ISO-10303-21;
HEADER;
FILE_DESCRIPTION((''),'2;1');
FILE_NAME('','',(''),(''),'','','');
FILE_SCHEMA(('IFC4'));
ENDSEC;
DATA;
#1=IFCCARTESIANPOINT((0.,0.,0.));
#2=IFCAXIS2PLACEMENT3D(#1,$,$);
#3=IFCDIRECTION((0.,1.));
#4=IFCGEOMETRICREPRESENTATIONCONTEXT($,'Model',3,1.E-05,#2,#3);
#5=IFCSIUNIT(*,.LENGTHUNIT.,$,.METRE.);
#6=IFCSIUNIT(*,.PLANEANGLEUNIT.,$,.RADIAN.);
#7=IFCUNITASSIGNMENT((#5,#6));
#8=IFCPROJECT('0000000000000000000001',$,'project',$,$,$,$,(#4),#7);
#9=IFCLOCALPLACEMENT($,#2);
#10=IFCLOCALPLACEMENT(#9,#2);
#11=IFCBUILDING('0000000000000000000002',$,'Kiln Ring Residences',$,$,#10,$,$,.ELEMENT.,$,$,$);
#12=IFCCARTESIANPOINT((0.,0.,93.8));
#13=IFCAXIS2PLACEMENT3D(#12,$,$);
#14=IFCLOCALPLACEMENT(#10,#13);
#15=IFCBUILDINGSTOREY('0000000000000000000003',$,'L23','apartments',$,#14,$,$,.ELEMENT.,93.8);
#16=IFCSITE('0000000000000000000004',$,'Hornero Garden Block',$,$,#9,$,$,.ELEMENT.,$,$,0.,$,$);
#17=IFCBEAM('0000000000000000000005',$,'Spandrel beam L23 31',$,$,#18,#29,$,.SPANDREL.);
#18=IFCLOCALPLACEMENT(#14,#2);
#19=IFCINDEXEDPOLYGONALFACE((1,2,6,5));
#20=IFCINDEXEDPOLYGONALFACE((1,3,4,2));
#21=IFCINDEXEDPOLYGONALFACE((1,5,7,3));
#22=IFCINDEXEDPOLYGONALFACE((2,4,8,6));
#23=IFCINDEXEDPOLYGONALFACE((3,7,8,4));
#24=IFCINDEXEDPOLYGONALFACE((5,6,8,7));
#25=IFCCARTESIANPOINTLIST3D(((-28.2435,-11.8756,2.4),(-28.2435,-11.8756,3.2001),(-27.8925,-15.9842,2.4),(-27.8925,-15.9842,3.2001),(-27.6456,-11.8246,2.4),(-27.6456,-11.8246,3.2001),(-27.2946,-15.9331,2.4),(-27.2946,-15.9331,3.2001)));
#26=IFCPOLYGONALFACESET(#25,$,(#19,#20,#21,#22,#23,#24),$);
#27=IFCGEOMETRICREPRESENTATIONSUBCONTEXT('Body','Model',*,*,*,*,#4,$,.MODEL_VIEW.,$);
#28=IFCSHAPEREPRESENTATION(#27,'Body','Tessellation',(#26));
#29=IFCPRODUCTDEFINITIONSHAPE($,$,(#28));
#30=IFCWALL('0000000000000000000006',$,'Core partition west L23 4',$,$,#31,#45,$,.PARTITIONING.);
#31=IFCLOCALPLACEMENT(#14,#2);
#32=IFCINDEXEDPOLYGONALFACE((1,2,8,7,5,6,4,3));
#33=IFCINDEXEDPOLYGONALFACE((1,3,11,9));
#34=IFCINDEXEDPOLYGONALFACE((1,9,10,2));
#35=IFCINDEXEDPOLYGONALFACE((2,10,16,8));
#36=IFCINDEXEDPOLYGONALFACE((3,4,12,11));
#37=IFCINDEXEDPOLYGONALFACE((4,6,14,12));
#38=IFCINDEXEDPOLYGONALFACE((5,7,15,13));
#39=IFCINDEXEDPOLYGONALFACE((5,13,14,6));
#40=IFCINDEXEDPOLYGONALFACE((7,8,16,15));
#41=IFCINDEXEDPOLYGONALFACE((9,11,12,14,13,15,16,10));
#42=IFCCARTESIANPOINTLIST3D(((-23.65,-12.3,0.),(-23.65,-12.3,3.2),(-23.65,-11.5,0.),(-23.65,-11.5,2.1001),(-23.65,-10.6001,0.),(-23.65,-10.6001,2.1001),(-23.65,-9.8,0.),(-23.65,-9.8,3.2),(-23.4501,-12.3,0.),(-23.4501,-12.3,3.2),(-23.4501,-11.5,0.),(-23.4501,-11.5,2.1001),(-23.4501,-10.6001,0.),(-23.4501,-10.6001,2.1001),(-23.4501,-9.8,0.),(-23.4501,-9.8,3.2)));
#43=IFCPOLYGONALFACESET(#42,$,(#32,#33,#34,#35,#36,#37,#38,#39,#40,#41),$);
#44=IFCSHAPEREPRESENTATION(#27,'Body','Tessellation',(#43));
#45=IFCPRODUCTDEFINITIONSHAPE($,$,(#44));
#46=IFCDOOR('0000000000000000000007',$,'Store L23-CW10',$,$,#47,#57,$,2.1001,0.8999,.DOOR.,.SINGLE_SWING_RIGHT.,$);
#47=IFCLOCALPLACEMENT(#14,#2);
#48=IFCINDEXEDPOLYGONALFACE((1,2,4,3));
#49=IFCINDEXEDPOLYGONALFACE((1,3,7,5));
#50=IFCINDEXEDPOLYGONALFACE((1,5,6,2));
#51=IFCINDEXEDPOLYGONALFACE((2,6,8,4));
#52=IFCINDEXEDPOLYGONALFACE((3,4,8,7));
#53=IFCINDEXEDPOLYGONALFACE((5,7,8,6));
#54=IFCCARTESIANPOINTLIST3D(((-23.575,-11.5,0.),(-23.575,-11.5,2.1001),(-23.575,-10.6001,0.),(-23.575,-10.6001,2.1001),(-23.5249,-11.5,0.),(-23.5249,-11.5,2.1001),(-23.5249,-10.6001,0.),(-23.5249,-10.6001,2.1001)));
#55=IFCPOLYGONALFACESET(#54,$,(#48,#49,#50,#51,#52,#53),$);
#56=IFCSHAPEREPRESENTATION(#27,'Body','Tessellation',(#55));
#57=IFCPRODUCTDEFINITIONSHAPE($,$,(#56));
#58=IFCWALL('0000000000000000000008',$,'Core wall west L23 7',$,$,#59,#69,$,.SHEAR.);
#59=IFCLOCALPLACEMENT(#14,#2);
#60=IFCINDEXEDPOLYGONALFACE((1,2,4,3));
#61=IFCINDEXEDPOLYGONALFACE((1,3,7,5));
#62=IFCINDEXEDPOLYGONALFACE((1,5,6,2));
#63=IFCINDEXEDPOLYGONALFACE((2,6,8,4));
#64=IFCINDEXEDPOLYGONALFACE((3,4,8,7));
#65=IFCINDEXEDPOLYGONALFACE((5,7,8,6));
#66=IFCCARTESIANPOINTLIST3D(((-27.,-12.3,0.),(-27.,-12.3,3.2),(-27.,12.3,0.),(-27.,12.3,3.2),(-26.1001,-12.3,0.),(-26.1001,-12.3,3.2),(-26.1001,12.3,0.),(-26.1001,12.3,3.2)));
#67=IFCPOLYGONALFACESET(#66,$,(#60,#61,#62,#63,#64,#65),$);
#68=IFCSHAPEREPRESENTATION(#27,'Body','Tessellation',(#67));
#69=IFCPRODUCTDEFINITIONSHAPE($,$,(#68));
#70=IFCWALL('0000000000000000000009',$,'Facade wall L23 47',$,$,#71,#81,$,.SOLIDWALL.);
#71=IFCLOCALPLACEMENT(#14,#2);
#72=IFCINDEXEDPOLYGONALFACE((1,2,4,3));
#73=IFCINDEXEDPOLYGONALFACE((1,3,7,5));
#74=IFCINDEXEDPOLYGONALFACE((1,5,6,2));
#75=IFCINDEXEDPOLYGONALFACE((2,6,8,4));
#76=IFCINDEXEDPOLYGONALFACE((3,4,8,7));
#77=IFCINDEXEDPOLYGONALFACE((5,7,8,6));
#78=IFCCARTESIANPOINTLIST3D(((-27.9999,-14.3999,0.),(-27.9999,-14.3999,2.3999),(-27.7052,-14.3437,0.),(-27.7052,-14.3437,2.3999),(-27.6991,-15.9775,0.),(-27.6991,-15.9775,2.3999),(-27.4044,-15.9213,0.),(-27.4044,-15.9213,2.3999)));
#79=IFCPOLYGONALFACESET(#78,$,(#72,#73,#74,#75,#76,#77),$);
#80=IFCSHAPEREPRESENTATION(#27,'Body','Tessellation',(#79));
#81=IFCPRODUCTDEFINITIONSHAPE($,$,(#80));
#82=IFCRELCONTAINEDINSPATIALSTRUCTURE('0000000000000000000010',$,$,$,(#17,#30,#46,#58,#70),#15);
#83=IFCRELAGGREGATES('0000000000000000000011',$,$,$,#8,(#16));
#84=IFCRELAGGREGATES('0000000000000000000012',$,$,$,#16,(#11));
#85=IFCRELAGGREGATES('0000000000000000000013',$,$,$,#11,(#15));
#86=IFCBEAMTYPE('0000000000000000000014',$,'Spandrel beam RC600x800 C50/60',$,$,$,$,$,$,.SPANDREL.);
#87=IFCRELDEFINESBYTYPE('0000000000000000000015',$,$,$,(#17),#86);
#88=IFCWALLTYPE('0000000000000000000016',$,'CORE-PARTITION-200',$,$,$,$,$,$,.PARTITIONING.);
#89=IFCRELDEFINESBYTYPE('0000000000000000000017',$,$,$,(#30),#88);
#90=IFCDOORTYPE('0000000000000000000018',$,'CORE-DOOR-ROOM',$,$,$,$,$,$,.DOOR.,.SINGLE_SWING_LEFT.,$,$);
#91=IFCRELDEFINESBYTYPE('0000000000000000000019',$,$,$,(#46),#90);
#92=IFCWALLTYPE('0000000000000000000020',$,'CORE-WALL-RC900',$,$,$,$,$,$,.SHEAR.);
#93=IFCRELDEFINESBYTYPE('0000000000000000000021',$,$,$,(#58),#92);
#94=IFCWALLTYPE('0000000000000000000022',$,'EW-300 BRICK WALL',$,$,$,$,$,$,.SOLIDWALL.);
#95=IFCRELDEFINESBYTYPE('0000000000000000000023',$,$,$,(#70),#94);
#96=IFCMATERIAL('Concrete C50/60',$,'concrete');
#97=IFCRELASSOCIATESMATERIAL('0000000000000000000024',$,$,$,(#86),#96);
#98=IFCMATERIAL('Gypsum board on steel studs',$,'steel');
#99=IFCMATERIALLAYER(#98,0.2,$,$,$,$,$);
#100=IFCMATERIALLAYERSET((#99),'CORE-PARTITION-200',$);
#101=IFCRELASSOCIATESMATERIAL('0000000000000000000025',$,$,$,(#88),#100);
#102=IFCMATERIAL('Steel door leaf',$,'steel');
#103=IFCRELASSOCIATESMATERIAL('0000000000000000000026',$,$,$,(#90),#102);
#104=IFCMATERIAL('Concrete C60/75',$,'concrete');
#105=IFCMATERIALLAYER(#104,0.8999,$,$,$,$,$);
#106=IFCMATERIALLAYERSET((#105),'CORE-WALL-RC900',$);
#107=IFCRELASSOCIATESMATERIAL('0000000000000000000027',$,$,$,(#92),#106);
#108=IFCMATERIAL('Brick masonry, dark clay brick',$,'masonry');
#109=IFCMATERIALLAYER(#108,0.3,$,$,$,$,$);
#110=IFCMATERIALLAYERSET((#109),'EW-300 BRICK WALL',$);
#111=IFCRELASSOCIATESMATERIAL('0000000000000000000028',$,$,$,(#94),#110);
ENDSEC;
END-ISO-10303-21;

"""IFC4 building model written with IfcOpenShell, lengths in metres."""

from ifc_helpers import new_model, si_unit, direction, frame, frame_2d, origin, origin_2d, place, context, subcontext, project, spatial, rectangle, extrude, material, layer, layer_set, material_profile, profile_set, type_object, element, fill, save


model = new_model("IFC4")

# Units and contexts
model_context = context("Model", 3, precision=1e-05, world=origin(), true_north=direction((0.0, 1.0)))
body_context = subcontext(model_context, "Body", "Model", "MODEL_VIEW")
ifc_project = project(units=[si_unit("LENGTHUNIT", "METRE"), si_unit("PLANEANGLEUNIT", "RADIAN")], contexts=[model_context])

# Site, building, storey
site_placement = place(None, origin())
site = spatial("IfcSite", under=ifc_project, at=site_placement, Name="Hornero Garden Block", CompositionType="ELEMENT", RefElevation=0.0)
building_placement = place(site_placement, origin())
building = spatial("IfcBuilding", under=site, at=building_placement, Name="Kiln Ring Residences", CompositionType="ELEMENT")
storey_placement = place(building_placement, frame((0.0, 0.0, 93.8)))
storey = spatial("IfcBuildingStorey", under=building, at=storey_placement, Name="L23", Description="apartments", CompositionType="ELEMENT", Elevation=93.8)

# Beam
ifc_material_1 = material(Name="Concrete C50/60", Category="concrete")
ifc_material_profile = material_profile(ifc_material_1, rectangle(XDim=0.6001, YDim=0.8, at=origin_2d()), Name="RC600x800")
ifc_profile_set = profile_set([ifc_material_profile], Name="Concrete C50/60")
beam_type = type_object("IfcBeamType", Name="Spandrel beam RC600x800 C50/60", PredefinedType="SPANDREL", material=ifc_profile_set)
beam_placement = place(storey_placement, frame((-27.9446, -11.8501, 2.8), z_axis=(0.085137, -0.996369, 0.0), x_axis=(0.996369, 0.085137, 0.0)))
element("IfcBeam", 1, at=beam_placement, inside=storey, type_object=beam_type, Name="Spandrel beam L23 31", PredefinedType="SPANDREL", context=body_context, shape_type="SweptSolid", body=[
    extrude(rectangle(XDim=0.6001, YDim=0.8, at=origin_2d()), origin(), (0.0, 0.0, 1.0), 4.1235),
])

# Wall, opening, door
ifc_material_2 = material(Name="Gypsum board on steel studs", Category="steel")
ifc_layer_1 = layer(ifc_material_2, 0.2)
ifc_layer_set_1 = layer_set([ifc_layer_1], Name="CORE-PARTITION-200")
wall_type_1 = type_object("IfcWallType", Name="CORE-PARTITION-200", PredefinedType="PARTITIONING", material=ifc_layer_set_1)
wall_1_placement = place(storey_placement, frame((-23.55, -12.3, 0.0), z_axis=(0.0, 0.0, 1.0), x_axis=(0.0, 1.0, 0.0)))
wall_1 = element("IfcWall", 2, at=wall_1_placement, inside=storey, type_object=wall_type_1, Name="Core partition west L23 4", PredefinedType="PARTITIONING", context=body_context, shape_type="SweptSolid", body=[
    extrude(rectangle(XDim=2.5, YDim=0.2, at=frame_2d((1.25, 0.0))), origin(), (0.0, 0.0, 1.0), 3.2),
])
opening_1_placement = place(wall_1_placement, frame((0.8, 0.0, 0.0)))
opening_1 = element("IfcOpeningElement", 3, at=opening_1_placement, cuts=wall_1, PredefinedType="OPENING", context=body_context, shape_type="SweptSolid", body=[
    extrude(rectangle(XDim=0.8999, YDim=2.1001, at=frame_2d((0.45, 1.05))), frame((0.0, 0.1099, 0.0), z_axis=(0.0, -1.0, 0.0), x_axis=(1.0, 0.0, 0.0)), (0.0, 0.0, 1.0), 0.22),
])
ifc_material_3 = material(Name="Steel door leaf", Category="steel")
door_type_1 = type_object("IfcDoorType", Name="CORE-DOOR-ROOM", OperationType="SINGLE_SWING_LEFT", PredefinedType="DOOR", material=ifc_material_3)
door_1_placement = place(opening_1_placement, origin())
door_1 = element("IfcDoor", 4, at=door_1_placement, inside=storey, type_object=door_type_1, Name="Store L23-CW10", OperationType="SINGLE_SWING_RIGHT", OverallHeight=2.1001, OverallWidth=0.8999, PredefinedType="DOOR", context=body_context, shape_type="SweptSolid", body=[
    extrude(rectangle(XDim=0.8999, YDim=2.1001, at=frame_2d((0.45, 1.05))), frame((0.0, 0.0249, 0.0), z_axis=(0.0, -1.0, 0.0), x_axis=(1.0, 0.0, 0.0)), (0.0, 0.0, 1.0), 0.05),
])
fill(opening_1, door_1)

# Walls
ifc_material_4 = material(Name="Concrete C60/75", Category="concrete")
ifc_layer_2 = layer(ifc_material_4, 0.8999)
ifc_layer_set_2 = layer_set([ifc_layer_2], Name="CORE-WALL-RC900")
wall_type_2 = type_object("IfcWallType", Name="CORE-WALL-RC900", PredefinedType="SHEAR", material=ifc_layer_set_2)
wall_2_placement = place(storey_placement, frame((-26.55, -12.3, 0.0), z_axis=(0.0, 0.0, 1.0), x_axis=(0.0, 1.0, 0.0)))
element("IfcWall", 5, at=wall_2_placement, inside=storey, type_object=wall_type_2, Name="Core wall west L23 7", PredefinedType="SHEAR", context=body_context, shape_type="SweptSolid", body=[
    extrude(rectangle(XDim=24.6001, YDim=0.8999, at=frame_2d((12.3, 0.0))), origin(), (0.0, 0.0, 1.0), 3.2),
])
ifc_material_5 = material(Name="Brick masonry, dark clay brick", Category="masonry")
ifc_layer_3 = layer(ifc_material_5, 0.3)
ifc_layer_set_3 = layer_set([ifc_layer_3], Name="EW-300 BRICK WALL")
wall_type_3 = type_object("IfcWallType", Name="EW-300 BRICK WALL", PredefinedType="SOLIDWALL", material=ifc_layer_set_3)
wall_3_placement = place(storey_placement, frame((-27.8525, -14.3718, 0.0), z_axis=(0.0, 0.0, 1.0), x_axis=(0.18728, -0.982307, 0.0)))
element("IfcWall", 6, at=wall_3_placement, inside=storey, type_object=wall_type_3, Name="Facade wall L23 47", PredefinedType="SOLIDWALL", context=body_context, shape_type="SweptSolid", body=[
    extrude(rectangle(XDim=1.606, YDim=0.3, at=frame_2d((0.803, 0.0))), origin(), (0.0, 0.0, 1.0), 2.3999),
])

save(model, "model.ifc")
